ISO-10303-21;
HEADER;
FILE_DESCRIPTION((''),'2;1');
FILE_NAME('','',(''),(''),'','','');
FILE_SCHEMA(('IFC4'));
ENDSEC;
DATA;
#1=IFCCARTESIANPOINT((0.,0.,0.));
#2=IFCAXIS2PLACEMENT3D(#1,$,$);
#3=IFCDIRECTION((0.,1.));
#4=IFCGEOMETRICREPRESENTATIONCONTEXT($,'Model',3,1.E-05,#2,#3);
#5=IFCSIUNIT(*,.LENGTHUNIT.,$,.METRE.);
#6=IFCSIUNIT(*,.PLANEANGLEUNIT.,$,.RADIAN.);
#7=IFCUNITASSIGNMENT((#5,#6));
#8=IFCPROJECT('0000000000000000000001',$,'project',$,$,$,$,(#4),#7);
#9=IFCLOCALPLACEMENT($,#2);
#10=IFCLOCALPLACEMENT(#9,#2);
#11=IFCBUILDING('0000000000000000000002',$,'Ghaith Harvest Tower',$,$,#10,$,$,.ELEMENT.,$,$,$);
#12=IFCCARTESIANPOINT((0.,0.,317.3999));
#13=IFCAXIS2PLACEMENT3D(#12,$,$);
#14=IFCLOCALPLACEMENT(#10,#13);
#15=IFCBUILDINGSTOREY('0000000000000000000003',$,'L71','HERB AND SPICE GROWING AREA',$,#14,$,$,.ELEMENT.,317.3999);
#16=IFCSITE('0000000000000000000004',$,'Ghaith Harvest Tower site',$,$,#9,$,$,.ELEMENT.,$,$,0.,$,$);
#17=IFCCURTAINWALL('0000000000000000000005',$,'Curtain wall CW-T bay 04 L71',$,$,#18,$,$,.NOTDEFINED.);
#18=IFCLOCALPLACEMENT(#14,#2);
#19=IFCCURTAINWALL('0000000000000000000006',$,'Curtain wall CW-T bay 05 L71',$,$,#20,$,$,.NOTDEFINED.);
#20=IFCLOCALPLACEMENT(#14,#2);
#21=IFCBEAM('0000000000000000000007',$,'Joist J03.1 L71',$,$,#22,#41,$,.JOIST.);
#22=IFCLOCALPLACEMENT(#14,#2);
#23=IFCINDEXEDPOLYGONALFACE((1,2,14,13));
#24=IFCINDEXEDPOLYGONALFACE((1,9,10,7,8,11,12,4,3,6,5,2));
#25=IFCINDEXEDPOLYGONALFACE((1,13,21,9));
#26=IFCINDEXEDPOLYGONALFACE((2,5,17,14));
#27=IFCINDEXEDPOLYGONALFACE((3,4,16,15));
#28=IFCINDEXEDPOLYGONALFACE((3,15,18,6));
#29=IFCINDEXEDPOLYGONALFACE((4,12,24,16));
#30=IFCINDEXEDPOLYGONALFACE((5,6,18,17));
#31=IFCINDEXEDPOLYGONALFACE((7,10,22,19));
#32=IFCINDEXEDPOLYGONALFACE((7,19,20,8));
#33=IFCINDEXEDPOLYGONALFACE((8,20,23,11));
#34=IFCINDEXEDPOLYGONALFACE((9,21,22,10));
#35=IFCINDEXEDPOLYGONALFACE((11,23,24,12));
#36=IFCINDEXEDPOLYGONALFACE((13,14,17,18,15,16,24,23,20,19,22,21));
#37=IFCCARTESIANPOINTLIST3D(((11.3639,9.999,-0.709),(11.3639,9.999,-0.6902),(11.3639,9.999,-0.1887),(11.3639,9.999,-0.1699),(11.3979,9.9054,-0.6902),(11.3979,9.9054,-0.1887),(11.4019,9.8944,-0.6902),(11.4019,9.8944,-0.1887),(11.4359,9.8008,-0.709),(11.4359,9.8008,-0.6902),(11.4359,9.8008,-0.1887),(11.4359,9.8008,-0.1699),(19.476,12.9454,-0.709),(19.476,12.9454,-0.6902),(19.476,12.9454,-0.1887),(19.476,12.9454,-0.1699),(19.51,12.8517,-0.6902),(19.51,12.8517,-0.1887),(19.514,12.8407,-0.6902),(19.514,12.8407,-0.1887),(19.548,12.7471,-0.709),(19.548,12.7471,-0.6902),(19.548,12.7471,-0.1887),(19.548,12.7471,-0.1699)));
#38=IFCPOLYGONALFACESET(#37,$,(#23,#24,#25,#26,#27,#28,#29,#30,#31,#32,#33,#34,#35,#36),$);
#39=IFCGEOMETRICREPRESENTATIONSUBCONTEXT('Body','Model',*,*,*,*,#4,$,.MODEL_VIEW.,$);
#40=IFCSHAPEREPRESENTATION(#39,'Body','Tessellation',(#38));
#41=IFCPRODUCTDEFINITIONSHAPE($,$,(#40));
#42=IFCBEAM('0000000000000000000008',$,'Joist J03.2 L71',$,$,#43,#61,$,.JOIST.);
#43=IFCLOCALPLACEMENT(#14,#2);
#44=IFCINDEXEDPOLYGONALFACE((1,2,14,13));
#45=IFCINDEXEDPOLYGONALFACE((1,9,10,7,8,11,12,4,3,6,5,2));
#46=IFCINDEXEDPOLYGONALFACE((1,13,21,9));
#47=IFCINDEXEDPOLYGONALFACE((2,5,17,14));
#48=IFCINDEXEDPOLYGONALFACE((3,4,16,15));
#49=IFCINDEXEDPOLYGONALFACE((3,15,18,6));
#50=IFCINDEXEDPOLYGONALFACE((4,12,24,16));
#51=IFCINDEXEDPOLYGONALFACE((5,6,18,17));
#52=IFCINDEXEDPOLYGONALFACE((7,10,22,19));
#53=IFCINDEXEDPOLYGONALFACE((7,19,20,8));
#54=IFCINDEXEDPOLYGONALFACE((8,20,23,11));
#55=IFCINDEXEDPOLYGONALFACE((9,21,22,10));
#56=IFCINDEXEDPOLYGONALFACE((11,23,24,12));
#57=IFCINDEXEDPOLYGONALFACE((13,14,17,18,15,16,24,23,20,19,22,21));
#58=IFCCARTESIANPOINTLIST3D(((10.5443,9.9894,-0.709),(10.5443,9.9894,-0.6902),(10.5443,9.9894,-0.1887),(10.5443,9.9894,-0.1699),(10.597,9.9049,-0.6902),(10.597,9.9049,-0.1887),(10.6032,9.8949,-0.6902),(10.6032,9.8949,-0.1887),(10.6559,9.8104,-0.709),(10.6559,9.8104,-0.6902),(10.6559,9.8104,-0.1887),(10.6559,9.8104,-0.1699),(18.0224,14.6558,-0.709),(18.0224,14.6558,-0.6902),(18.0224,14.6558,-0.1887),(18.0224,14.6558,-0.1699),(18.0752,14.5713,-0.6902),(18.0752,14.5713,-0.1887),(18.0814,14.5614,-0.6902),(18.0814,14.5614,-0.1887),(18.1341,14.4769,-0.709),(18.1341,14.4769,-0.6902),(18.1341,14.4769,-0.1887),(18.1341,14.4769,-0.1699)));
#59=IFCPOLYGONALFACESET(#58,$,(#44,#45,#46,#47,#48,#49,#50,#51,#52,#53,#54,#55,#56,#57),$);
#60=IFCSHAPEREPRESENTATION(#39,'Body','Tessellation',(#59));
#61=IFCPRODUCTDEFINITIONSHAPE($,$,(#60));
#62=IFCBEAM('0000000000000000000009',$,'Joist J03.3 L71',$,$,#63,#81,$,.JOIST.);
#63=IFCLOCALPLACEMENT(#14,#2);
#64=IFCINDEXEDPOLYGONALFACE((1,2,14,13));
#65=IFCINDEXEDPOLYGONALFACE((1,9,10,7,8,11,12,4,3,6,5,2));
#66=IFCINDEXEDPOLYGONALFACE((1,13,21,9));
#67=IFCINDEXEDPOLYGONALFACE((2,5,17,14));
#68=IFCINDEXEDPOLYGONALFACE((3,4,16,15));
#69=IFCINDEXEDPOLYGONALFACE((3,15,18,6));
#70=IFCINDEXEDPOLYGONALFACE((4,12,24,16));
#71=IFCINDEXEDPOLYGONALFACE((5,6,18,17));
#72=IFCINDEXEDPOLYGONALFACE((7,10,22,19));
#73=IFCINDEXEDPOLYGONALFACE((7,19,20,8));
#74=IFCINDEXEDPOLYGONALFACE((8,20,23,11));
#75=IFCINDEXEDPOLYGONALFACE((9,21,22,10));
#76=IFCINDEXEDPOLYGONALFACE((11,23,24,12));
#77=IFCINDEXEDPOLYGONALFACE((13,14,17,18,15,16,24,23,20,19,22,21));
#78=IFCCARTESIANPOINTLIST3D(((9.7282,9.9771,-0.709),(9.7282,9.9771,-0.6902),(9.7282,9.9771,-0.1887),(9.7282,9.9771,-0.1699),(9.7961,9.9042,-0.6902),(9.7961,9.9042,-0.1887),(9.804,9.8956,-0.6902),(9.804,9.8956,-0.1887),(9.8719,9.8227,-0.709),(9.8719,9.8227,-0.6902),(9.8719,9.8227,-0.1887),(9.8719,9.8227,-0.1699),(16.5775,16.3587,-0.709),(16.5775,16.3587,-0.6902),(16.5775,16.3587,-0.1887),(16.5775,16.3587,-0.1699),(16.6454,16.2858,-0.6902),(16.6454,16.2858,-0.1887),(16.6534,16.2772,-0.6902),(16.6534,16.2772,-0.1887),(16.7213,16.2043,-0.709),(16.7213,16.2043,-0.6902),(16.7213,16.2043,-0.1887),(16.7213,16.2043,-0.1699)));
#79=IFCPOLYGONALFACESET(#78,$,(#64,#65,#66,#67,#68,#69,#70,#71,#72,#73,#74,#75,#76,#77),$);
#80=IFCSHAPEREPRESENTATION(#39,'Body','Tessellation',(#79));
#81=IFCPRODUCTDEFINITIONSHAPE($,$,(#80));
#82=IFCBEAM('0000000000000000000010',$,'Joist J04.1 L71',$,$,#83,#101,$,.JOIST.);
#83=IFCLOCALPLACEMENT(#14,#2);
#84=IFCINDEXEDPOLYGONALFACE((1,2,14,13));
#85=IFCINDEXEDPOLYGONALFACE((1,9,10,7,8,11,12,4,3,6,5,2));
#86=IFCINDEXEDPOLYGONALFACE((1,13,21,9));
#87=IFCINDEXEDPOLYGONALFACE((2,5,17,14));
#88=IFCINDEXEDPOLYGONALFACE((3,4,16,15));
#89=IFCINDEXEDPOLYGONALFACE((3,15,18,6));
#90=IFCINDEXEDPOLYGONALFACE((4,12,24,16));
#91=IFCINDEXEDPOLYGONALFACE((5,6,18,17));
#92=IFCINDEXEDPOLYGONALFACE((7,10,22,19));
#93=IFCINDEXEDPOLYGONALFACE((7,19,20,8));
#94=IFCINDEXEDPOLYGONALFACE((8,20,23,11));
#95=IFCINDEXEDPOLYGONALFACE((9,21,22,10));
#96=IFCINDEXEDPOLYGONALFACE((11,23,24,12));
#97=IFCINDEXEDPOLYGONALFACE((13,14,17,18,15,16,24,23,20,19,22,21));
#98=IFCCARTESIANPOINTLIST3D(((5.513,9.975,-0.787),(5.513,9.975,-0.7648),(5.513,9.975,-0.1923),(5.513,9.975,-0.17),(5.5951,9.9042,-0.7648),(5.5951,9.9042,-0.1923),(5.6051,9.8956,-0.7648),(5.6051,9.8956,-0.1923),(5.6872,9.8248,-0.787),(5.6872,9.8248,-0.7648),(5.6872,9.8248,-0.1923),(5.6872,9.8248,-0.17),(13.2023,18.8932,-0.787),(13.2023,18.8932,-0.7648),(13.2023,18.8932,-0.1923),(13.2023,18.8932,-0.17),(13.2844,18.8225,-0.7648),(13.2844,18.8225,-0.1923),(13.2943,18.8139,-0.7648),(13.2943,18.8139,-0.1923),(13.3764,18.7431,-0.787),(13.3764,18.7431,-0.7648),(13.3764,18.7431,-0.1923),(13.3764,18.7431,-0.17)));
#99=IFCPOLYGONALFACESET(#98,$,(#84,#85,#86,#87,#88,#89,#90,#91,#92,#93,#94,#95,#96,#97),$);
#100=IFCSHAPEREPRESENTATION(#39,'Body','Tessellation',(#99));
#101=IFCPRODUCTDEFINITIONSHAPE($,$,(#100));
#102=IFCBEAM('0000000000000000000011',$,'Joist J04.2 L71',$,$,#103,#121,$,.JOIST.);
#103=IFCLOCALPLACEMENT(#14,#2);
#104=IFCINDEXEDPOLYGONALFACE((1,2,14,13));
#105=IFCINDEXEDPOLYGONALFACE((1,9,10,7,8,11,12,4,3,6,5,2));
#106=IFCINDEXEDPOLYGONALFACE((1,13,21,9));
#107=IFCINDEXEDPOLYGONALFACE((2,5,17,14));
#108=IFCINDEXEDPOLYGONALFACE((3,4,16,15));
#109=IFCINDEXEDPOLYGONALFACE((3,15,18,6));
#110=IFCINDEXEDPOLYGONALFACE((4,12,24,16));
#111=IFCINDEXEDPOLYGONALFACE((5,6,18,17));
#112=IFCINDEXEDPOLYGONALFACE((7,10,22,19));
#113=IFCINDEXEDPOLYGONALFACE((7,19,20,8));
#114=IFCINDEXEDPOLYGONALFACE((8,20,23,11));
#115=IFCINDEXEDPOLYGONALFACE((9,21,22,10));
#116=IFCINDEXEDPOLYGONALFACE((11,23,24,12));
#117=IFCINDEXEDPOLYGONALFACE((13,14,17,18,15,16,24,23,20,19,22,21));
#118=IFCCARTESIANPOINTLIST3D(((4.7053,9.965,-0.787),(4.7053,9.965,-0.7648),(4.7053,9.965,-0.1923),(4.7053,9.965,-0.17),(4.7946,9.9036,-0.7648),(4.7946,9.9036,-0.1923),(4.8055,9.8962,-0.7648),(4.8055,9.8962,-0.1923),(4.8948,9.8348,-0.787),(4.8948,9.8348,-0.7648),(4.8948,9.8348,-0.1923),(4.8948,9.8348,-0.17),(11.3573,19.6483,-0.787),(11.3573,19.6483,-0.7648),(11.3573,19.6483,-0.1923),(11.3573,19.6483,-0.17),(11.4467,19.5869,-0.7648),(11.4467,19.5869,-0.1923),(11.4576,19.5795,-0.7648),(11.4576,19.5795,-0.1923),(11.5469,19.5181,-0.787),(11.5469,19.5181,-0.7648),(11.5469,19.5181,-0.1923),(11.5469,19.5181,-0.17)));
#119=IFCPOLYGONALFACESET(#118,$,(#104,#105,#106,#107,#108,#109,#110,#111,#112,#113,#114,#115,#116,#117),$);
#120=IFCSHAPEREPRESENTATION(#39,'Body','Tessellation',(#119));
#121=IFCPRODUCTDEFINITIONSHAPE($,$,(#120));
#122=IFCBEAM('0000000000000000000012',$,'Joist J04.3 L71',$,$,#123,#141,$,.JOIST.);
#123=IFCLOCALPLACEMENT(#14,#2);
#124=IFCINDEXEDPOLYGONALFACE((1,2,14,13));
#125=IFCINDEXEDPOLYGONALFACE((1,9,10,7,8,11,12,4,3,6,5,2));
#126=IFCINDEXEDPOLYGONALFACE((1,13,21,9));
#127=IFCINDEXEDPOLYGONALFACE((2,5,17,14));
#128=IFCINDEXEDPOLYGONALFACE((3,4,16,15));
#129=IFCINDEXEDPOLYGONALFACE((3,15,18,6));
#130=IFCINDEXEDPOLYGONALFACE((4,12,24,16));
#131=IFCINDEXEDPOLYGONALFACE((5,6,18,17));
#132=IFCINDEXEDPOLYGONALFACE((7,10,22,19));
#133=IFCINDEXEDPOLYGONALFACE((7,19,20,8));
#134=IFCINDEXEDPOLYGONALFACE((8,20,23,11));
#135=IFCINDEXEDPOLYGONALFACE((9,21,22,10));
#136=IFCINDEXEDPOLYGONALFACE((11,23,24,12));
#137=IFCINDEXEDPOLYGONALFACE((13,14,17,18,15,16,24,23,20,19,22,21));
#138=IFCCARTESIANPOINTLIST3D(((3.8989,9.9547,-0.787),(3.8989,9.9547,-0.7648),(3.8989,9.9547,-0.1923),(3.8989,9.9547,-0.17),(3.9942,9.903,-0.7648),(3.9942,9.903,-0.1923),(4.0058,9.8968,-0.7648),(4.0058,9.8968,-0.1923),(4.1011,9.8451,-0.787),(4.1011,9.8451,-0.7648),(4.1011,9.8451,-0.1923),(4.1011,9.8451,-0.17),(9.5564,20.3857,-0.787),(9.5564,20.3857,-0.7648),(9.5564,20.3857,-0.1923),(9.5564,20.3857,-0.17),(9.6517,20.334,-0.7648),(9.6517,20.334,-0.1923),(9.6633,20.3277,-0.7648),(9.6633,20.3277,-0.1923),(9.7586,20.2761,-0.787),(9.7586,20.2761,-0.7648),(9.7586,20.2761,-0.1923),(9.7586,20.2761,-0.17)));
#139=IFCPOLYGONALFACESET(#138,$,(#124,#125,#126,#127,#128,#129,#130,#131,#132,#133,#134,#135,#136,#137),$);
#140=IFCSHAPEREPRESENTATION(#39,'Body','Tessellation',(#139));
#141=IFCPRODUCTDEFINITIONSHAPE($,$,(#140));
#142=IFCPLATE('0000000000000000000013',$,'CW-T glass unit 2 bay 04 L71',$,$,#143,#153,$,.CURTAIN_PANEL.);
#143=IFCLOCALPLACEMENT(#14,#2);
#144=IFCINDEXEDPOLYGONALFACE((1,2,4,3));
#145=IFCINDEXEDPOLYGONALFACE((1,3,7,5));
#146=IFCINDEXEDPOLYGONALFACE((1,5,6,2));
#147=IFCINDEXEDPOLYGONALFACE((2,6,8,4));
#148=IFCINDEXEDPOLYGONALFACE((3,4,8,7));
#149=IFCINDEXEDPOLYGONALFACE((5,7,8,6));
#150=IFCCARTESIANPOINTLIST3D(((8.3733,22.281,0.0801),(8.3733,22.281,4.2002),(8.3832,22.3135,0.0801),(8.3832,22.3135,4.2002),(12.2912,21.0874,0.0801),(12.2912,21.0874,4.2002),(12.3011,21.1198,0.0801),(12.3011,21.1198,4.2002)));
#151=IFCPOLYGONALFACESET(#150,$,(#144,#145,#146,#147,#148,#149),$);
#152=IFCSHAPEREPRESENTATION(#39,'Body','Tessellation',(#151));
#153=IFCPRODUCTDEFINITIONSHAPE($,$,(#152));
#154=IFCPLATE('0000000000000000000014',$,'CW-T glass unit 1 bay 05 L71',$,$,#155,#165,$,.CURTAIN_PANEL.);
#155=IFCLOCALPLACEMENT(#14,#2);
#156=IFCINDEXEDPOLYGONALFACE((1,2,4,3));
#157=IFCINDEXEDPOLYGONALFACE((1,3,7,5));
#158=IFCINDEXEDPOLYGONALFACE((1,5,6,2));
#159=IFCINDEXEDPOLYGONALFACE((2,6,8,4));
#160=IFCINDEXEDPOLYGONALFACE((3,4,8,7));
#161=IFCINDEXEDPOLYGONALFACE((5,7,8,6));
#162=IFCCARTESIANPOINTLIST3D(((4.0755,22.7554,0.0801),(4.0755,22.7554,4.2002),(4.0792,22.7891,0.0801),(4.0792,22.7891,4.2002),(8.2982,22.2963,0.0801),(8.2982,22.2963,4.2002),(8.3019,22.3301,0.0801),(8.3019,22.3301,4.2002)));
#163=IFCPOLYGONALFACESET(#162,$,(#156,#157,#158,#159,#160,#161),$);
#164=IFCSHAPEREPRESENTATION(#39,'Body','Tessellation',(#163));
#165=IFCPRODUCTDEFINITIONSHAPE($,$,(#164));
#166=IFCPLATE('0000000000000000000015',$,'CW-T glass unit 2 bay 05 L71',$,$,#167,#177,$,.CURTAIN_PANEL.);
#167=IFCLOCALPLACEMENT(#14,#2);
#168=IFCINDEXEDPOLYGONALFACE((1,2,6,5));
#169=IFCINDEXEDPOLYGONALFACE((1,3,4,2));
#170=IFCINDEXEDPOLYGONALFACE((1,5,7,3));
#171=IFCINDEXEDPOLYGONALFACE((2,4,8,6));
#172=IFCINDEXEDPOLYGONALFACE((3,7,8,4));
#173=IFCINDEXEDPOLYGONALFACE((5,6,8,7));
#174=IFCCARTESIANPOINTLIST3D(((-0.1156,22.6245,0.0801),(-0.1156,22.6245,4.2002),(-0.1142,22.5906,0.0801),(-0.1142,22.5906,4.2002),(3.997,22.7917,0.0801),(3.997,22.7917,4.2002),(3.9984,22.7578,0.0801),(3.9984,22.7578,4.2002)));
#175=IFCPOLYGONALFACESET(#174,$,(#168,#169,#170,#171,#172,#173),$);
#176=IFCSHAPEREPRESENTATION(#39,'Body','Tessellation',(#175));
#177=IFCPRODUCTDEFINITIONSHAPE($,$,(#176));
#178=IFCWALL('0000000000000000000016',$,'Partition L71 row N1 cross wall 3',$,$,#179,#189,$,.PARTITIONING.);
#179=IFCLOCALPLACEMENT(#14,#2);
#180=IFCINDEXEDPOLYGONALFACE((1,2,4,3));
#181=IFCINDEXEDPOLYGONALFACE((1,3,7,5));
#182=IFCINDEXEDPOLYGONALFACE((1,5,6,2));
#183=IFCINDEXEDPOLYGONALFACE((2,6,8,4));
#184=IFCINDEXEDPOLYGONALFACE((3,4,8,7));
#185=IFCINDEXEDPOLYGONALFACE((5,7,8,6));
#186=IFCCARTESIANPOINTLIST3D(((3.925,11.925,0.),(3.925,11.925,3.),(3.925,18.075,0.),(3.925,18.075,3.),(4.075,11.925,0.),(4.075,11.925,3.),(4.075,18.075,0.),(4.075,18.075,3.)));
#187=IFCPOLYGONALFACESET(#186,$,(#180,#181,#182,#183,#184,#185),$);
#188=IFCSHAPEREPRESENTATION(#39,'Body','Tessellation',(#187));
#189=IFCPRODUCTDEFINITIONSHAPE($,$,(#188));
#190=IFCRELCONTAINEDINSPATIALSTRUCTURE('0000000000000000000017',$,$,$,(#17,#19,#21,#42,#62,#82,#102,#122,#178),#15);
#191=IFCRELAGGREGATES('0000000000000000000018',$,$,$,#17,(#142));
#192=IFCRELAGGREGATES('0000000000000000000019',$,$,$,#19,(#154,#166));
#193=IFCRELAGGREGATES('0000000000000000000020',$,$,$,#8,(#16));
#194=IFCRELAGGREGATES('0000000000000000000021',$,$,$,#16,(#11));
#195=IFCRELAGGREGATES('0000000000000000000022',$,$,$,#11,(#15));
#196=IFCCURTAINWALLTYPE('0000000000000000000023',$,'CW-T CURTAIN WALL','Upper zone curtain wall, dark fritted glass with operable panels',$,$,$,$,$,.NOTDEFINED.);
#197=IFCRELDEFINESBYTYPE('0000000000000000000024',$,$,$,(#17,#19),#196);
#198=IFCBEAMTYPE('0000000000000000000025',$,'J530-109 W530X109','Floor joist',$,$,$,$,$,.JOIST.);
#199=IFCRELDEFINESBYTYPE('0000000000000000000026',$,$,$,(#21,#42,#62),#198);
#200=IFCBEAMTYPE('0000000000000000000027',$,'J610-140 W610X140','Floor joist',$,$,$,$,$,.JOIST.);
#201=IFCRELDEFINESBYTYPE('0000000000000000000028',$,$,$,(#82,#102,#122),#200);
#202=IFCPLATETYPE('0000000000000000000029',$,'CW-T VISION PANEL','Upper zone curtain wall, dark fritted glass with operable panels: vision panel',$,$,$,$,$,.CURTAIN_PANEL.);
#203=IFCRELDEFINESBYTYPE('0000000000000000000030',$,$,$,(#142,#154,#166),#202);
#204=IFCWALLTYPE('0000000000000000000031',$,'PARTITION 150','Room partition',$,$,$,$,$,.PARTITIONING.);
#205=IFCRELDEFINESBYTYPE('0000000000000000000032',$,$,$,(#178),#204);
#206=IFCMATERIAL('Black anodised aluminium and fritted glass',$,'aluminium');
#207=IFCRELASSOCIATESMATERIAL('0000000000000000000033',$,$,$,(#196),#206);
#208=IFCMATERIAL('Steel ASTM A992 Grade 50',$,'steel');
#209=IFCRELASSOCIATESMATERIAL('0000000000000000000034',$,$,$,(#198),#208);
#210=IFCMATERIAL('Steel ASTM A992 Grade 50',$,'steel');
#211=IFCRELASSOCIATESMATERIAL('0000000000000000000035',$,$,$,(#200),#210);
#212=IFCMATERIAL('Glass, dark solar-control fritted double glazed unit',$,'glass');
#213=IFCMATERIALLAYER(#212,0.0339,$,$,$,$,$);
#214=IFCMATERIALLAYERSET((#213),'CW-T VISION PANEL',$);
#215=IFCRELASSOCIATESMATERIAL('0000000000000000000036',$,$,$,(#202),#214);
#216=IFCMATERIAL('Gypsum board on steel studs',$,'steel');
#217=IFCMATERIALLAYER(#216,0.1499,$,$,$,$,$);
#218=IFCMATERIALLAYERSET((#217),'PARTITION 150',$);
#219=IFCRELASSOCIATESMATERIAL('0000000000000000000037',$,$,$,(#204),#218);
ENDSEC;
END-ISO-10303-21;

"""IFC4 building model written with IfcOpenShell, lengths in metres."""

from ifc_helpers import new_model, si_unit, direction, frame, frame_2d, origin, origin_2d, place, context, subcontext, project, spatial, rectangle, i_section, extrude, material, layer, layer_set, material_profile, profile_set, type_object, element, aggregate, save


model = new_model("IFC4")

# Units and contexts
model_context = context("Model", 3, precision=1e-05, world=origin(), true_north=direction((0.0, 1.0)))
body_context = subcontext(model_context, "Body", "Model", "MODEL_VIEW")
ifc_project = project(units=[si_unit("LENGTHUNIT", "METRE"), si_unit("PLANEANGLEUNIT", "RADIAN")], contexts=[model_context])

# Site, building, storey
site_placement = place(None, origin())
site = spatial("IfcSite", under=ifc_project, at=site_placement, Name="Ghaith Harvest Tower site", CompositionType="ELEMENT", RefElevation=0.0)
building_placement = place(site_placement, origin())
building = spatial("IfcBuilding", under=site, at=building_placement, Name="Ghaith Harvest Tower", CompositionType="ELEMENT")
storey_placement = place(building_placement, frame((0.0, 0.0, 317.3999)))
storey = spatial("IfcBuildingStorey", under=building, at=storey_placement, Name="L71", Description="HERB AND SPICE GROWING AREA", CompositionType="ELEMENT", Elevation=317.3999)

# Curtain wall
ifc_material_1 = material(Name="Black anodised aluminium and fritted glass", Category="aluminium")
curtain_wall_type = type_object("IfcCurtainWallType", Name="CW-T CURTAIN WALL", Description="Upper zone curtain wall, dark fritted glass with operable panels", PredefinedType="NOTDEFINED", material=ifc_material_1)
curtain_wall_1_placement = place(storey_placement, origin())
curtain_wall_1 = element("IfcCurtainWall", 1, at=curtain_wall_1_placement, inside=storey, type_object=curtain_wall_type, Name="Curtain wall CW-T bay 04 L71", PredefinedType="NOTDEFINED")

# Curtain wall
curtain_wall_2_placement = place(storey_placement, origin())
curtain_wall_2 = element("IfcCurtainWall", 2, at=curtain_wall_2_placement, inside=storey, type_object=curtain_wall_type, Name="Curtain wall CW-T bay 05 L71", PredefinedType="NOTDEFINED")

# Beams
ifc_material_2 = material(Name="Steel ASTM A992 Grade 50", Category="steel")
ifc_material_profile_1 = material_profile(ifc_material_2, i_section(OverallWidth=0.2109, OverallDepth=0.5391, WebThickness=0.0117, FlangeThickness=0.0188, at=origin_2d()), Name="W530X109")
ifc_profile_set_1 = profile_set([ifc_material_profile_1], Name="Steel ASTM A992 Grade 50")
beam_type_1 = type_object("IfcBeamType", Name="J530-109 W530X109", Description="Floor joist", PredefinedType="JOIST", material=ifc_profile_set_1)
beam_1_placement = place(storey_placement, frame((11.3999, 9.8999, -0.4395), z_axis=(0.939926, 0.34138, 0.0), x_axis=(-0.34138, 0.939926, 0.0)))
element("IfcBeam", 3, at=beam_1_placement, inside=storey, type_object=beam_type_1, Name="Joist J03.1 L71", PredefinedType="JOIST", context=body_context, shape_type="SweptSolid", body=[
    extrude(i_section(OverallWidth=0.2109, OverallDepth=0.5391, WebThickness=0.0117, FlangeThickness=0.0188, at=origin_2d()), origin(), (0.0, 0.0, 1.0), 8.6306),
])
beam_2_placement = place(storey_placement, frame((10.6001, 9.8999, -0.4395), z_axis=(0.848376, 0.529394, 0.0), x_axis=(-0.529394, 0.848376, 0.0)))
element("IfcBeam", 4, at=beam_2_placement, inside=storey, type_object=beam_type_1, Name="Joist J03.2 L71", PredefinedType="JOIST", context=body_context, shape_type="SweptSolid", body=[
    extrude(i_section(OverallWidth=0.2109, OverallDepth=0.5391, WebThickness=0.0117, FlangeThickness=0.0188, at=origin_2d()), origin(), (0.0, 0.0, 1.0), 8.8147),
])
beam_3_placement = place(storey_placement, frame((9.8, 9.8999, -0.4395), z_axis=(0.731649, 0.681682, 0.0), x_axis=(-0.681682, 0.731649, 0.0)))
element("IfcBeam", 5, at=beam_3_placement, inside=storey, type_object=beam_type_1, Name="Joist J03.3 L71", PredefinedType="JOIST", context=body_context, shape_type="SweptSolid", body=[
    extrude(i_section(OverallWidth=0.2109, OverallDepth=0.5391, WebThickness=0.0117, FlangeThickness=0.0188, at=origin_2d()), origin(), (0.0, 0.0, 1.0), 9.3616),
])
ifc_material_3 = material(Name="Steel ASTM A992 Grade 50", Category="steel")
ifc_material_profile_2 = material_profile(ifc_material_3, i_section(OverallWidth=0.23, OverallDepth=0.6169, WebThickness=0.0132, FlangeThickness=0.0222, at=origin_2d()), Name="W610X140")
ifc_profile_set_2 = profile_set([ifc_material_profile_2], Name="Steel ASTM A992 Grade 50")
beam_type_2 = type_object("IfcBeamType", Name="J610-140 W610X140", Description="Floor joist", PredefinedType="JOIST", material=ifc_profile_set_2)
beam_4_placement = place(storey_placement, frame((5.6001, 9.8999, -0.4785), z_axis=(0.652993, 0.757364, 0.0), x_axis=(-0.757364, 0.652993, 0.0)))
element("IfcBeam", 6, at=beam_4_placement, inside=storey, type_object=beam_type_2, Name="Joist J04.1 L71", PredefinedType="JOIST", context=body_context, shape_type="SweptSolid", body=[
    extrude(i_section(OverallWidth=0.23, OverallDepth=0.6169, WebThickness=0.0132, FlangeThickness=0.0222, at=origin_2d()), origin(), (0.0, 0.0, 1.0), 11.7754),
])
beam_5_placement = place(storey_placement, frame((4.8, 9.8999, -0.4785), z_axis=(0.566228, 0.824249, 0.0), x_axis=(-0.824249, 0.566228, 0.0)))
element("IfcBeam", 7, at=beam_5_placement, inside=storey, type_object=beam_type_2, Name="Joist J04.2 L71", PredefinedType="JOIST", context=body_context, shape_type="SweptSolid", body=[
    extrude(i_section(OverallWidth=0.23, OverallDepth=0.6169, WebThickness=0.0132, FlangeThickness=0.0222, at=origin_2d()), origin(), (0.0, 0.0, 1.0), 11.748),
])
beam_6_placement = place(storey_placement, frame((4.0, 9.8999, -0.4785), z_axis=(0.476765, 0.879031, 0.0), x_axis=(-0.879031, 0.476765, 0.0)))
element("IfcBeam", 8, at=beam_6_placement, inside=storey, type_object=beam_type_2, Name="Joist J04.3 L71", PredefinedType="JOIST", context=body_context, shape_type="SweptSolid", body=[
    extrude(i_section(OverallWidth=0.23, OverallDepth=0.6169, WebThickness=0.0132, FlangeThickness=0.0222, at=origin_2d()), origin(), (0.0, 0.0, 1.0), 11.8665),
])

# Plates
ifc_material_4 = material(Name="Glass, dark solar-control fritted double glazed unit", Category="glass")
ifc_layer_1 = layer(ifc_material_4, 0.0339)
ifc_layer_set_1 = layer_set([ifc_layer_1], Name="CW-T VISION PANEL")
plate_type = type_object("IfcPlateType", Name="CW-T VISION PANEL", Description="Upper zone curtain wall, dark fritted glass with operable panels: vision panel", PredefinedType="CURTAIN_PANEL", material=ifc_layer_set_1)
plate_1_placement = place(storey_placement, frame((10.3372, 21.7004, 0.0801), z_axis=(0.0, 0.0, 1.0), x_axis=(-0.956588, 0.291445, 0.0)))
plate_1 = element("IfcPlate", 9, at=plate_1_placement, type_object=plate_type, Name="CW-T glass unit 2 bay 04 L71", PredefinedType="CURTAIN_PANEL", context=body_context, shape_type="SweptSolid", body=[
    extrude(rectangle(XDim=4.0957, YDim=0.0339, at=origin_2d()), origin(), (0.0, 0.0, 1.0), 4.1201),
])
aggregate(curtain_wall_1, [plate_1])
plate_2_placement = place(storey_placement, frame((6.1887, 22.5427, 0.0801), z_axis=(0.0, 0.0, 1.0), x_axis=(-0.994143, 0.108074, 0.0)))
plate_2 = element("IfcPlate", 10, at=plate_2_placement, type_object=plate_type, Name="CW-T glass unit 1 bay 05 L71", PredefinedType="CURTAIN_PANEL", context=body_context, shape_type="SweptSolid", body=[
    extrude(rectangle(XDim=4.2476, YDim=0.0339, at=origin_2d()), origin(), (0.0, 0.0, 1.0), 4.1201),
])
plate_3_placement = place(storey_placement, frame((1.9414, 22.6912, 0.0801), z_axis=(0.0, 0.0, 1.0), x_axis=(-0.999174, -0.040638, 0.0)))
plate_3 = element("IfcPlate", 11, at=plate_3_placement, type_object=plate_type, Name="CW-T glass unit 2 bay 05 L71", PredefinedType="CURTAIN_PANEL", context=body_context, shape_type="SweptSolid", body=[
    extrude(rectangle(XDim=4.116, YDim=0.0339, at=origin_2d()), origin(), (0.0, 0.0, 1.0), 4.1201),
])
aggregate(curtain_wall_2, [plate_2, plate_3])

# Wall
ifc_material_5 = material(Name="Gypsum board on steel studs", Category="steel")
ifc_layer_2 = layer(ifc_material_5, 0.1499)
ifc_layer_set_2 = layer_set([ifc_layer_2], Name="PARTITION 150")
wall_type = type_object("IfcWallType", Name="PARTITION 150", Description="Room partition", PredefinedType="PARTITIONING", material=ifc_layer_set_2)
for number, where, z_axis, x_axis, name in (
    (12, (4.0, 11.925, 0.0), (0.0, 0.0, 1.0), (0.0, 1.0, 0.0), "Partition L71 row N1 cross wall 3"),
):
    element("IfcWall", number, at=place(storey_placement, frame(where, z_axis=z_axis, x_axis=x_axis)), inside=storey, type_object=wall_type, Name=name, PredefinedType="PARTITIONING", context=body_context, shape_type="SweptSolid", body=[
        extrude(rectangle(XDim=6.1499, YDim=0.1499, at=frame_2d((3.075, 0.0))), origin(), (0.0, 0.0, 1.0), 3.0),
    ])

save(model, "model.ifc")
